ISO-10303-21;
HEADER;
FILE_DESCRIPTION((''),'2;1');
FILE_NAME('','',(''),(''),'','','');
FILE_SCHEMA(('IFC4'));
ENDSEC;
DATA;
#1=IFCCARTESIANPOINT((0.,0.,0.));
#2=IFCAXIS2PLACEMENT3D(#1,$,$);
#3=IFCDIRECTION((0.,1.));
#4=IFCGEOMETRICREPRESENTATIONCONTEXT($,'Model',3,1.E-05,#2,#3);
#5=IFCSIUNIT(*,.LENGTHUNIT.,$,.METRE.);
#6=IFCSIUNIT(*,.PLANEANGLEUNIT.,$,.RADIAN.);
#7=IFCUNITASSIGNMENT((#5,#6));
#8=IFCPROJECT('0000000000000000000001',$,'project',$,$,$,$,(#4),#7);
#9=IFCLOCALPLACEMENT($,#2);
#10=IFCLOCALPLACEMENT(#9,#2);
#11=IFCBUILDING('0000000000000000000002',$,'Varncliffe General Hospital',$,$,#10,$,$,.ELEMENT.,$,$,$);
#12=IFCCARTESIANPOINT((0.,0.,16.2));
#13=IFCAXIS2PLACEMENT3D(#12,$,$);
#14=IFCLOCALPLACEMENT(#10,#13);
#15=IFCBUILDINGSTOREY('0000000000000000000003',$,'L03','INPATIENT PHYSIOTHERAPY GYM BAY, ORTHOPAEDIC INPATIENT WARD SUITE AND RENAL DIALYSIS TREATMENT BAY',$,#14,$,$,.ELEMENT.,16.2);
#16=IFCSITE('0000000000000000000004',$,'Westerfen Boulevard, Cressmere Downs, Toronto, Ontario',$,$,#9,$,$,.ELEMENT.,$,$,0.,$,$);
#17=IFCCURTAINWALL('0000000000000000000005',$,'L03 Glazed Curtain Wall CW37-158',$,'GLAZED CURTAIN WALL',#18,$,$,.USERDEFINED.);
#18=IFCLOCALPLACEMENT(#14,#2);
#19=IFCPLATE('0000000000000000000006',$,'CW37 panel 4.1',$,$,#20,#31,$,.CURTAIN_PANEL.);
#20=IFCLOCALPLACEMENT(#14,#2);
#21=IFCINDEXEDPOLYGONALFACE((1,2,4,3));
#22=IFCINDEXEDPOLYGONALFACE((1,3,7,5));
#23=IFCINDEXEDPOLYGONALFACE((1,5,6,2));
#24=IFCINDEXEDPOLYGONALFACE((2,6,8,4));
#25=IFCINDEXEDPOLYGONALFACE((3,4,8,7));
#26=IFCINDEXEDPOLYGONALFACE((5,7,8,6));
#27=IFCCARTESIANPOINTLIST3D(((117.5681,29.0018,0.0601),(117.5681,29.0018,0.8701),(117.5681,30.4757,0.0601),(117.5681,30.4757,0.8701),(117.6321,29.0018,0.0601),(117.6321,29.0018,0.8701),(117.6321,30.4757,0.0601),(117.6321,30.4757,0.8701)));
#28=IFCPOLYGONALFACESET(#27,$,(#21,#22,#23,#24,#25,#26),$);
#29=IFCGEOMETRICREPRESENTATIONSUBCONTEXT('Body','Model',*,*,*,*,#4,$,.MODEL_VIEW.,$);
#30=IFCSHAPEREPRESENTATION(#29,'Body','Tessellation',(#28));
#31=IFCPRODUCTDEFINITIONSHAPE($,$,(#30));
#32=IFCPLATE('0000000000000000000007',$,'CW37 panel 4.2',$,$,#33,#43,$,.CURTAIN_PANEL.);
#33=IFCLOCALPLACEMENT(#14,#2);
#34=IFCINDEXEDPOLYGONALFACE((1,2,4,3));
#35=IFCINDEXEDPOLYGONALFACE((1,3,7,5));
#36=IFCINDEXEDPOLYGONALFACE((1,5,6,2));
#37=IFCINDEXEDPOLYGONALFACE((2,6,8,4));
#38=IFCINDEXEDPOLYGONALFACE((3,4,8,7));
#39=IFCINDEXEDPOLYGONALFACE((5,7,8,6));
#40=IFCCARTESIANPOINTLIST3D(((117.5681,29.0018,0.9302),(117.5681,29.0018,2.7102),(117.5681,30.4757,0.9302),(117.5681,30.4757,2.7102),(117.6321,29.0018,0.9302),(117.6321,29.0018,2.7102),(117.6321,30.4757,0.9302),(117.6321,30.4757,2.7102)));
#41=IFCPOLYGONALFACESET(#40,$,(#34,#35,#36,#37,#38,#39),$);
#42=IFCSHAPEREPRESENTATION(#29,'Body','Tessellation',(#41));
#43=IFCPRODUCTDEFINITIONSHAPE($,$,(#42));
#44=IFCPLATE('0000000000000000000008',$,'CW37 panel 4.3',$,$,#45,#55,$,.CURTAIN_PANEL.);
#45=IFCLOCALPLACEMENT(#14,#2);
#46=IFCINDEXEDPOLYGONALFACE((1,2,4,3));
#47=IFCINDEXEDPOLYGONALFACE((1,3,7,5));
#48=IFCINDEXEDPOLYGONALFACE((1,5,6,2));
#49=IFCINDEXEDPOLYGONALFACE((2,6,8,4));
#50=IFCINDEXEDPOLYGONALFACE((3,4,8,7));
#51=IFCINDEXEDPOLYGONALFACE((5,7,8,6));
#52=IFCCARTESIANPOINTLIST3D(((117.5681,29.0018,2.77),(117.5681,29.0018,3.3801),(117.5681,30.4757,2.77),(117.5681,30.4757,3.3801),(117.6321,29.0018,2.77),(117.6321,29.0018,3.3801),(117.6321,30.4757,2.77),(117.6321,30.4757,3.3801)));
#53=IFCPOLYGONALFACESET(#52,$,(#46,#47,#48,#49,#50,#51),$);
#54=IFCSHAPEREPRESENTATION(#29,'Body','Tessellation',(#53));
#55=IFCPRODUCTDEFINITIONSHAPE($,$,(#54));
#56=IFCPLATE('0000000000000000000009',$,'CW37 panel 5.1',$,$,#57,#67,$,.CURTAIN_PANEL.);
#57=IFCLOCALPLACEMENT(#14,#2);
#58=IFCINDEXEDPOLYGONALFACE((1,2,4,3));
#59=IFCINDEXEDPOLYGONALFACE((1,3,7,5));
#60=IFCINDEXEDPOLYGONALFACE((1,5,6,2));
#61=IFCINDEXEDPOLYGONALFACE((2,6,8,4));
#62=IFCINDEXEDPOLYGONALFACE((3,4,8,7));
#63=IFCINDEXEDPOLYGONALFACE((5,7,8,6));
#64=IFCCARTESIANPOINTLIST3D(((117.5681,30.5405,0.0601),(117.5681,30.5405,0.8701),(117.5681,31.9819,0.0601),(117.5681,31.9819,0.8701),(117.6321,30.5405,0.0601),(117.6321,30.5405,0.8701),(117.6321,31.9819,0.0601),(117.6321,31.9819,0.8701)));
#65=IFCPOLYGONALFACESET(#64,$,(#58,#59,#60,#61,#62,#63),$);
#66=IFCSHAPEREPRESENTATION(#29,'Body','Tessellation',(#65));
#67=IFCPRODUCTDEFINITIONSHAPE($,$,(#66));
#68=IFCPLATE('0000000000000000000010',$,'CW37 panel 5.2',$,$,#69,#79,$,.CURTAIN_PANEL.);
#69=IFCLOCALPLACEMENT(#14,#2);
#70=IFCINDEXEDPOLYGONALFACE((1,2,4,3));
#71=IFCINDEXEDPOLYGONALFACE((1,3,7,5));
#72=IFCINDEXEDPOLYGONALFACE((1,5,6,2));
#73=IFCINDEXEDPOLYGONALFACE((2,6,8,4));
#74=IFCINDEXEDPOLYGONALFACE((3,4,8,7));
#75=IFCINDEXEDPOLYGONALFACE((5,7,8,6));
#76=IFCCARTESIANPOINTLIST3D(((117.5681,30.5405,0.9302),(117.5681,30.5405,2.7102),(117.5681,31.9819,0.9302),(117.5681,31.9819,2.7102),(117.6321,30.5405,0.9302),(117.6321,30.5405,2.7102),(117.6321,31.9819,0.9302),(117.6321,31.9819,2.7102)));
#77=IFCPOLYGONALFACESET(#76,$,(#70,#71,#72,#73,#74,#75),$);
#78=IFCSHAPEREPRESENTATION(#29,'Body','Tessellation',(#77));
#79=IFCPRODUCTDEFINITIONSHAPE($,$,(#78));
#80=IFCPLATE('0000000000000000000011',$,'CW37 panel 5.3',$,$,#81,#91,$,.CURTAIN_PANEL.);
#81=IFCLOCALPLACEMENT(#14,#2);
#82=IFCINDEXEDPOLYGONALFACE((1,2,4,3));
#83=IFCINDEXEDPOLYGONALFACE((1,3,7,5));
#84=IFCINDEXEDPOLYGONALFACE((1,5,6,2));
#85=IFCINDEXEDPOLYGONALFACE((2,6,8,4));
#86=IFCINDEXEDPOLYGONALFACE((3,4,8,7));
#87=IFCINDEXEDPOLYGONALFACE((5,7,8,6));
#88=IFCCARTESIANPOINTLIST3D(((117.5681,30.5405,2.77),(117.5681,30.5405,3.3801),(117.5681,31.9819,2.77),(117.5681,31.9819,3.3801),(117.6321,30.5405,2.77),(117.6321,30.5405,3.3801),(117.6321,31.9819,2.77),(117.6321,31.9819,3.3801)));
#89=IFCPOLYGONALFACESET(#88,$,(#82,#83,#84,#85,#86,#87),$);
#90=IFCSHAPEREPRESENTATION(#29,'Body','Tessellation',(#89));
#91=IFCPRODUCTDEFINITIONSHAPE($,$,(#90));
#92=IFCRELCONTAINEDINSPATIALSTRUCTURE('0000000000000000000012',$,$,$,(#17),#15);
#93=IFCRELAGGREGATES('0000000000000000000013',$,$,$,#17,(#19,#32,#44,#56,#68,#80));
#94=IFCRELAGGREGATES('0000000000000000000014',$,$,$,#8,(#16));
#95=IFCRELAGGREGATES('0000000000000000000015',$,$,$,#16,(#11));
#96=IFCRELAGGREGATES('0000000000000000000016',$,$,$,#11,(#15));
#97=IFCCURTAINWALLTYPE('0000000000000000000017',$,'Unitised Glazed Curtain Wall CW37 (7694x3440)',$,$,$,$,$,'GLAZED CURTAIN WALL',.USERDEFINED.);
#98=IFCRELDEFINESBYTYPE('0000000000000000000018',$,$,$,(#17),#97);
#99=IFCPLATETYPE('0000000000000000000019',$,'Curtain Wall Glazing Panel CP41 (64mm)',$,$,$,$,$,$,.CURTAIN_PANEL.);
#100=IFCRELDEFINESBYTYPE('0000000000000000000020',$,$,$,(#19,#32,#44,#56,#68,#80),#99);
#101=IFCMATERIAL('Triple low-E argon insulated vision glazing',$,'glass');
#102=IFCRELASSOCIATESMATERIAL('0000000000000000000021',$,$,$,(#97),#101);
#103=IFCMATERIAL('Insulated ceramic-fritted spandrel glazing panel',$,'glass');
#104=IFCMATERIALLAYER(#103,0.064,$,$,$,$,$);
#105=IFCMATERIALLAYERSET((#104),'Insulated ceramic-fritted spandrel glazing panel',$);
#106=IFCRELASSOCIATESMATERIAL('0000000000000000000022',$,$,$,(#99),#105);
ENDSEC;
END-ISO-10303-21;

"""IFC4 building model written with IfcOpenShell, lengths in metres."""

from ifc_helpers import new_model, si_unit, direction, frame, origin, origin_2d, place, context, subcontext, project, spatial, rectangle, extrude, material, layer, layer_set, type_object, element, aggregate, save


model = new_model("IFC4")

# Units and contexts
model_context = context("Model", 3, precision=1e-05, world=origin(), true_north=direction((0.0, 1.0)))
body_context = subcontext(model_context, "Body", "Model", "MODEL_VIEW")
ifc_project = project(units=[si_unit("LENGTHUNIT", "METRE"), si_unit("PLANEANGLEUNIT", "RADIAN")], contexts=[model_context])

# Site, building, storey
site_placement = place(None, origin())
site = spatial("IfcSite", under=ifc_project, at=site_placement, Name="Westerfen Boulevard, Cressmere Downs, Toronto, Ontario", CompositionType="ELEMENT", RefElevation=0.0)
building_placement = place(site_placement, origin())
building = spatial("IfcBuilding", under=site, at=building_placement, Name="Varncliffe General Hospital", CompositionType="ELEMENT")
storey_placement = place(building_placement, frame((0.0, 0.0, 16.2)))
storey = spatial("IfcBuildingStorey", under=building, at=storey_placement, Name="L03", Description="INPATIENT PHYSIOTHERAPY GYM BAY, ORTHOPAEDIC INPATIENT WARD SUITE AND RENAL DIALYSIS TREATMENT BAY", CompositionType="ELEMENT", Elevation=16.2)

# Curtain wall
ifc_material_1 = material(Name="Triple low-E argon insulated vision glazing", Category="glass")
curtain_wall_type_1 = type_object("IfcCurtainWallType", Name="Unitised Glazed Curtain Wall CW37 (7694x3440)", ElementType="GLAZED CURTAIN WALL", PredefinedType="USERDEFINED", material=ifc_material_1)
curtain_wall_1_placement = place(storey_placement, origin())
curtain_wall_1 = element("IfcCurtainWall", 1, at=curtain_wall_1_placement, inside=storey, type_object=curtain_wall_type_1, Name="L03 Glazed Curtain Wall CW37-158", ObjectType="GLAZED CURTAIN WALL", PredefinedType="USERDEFINED")

# Plates
ifc_material_2 = material(Name="Insulated ceramic-fritted spandrel glazing panel", Category="glass")
ifc_layer = layer(ifc_material_2, 0.064)
ifc_layer_set = layer_set([ifc_layer], Name="Insulated ceramic-fritted spandrel glazing panel")
plate_type = type_object("IfcPlateType", Name="Curtain Wall Glazing Panel CP41 (64mm)", PredefinedType="CURTAIN_PANEL", material=ifc_layer_set)
plate_1_placement = place(storey_placement, frame((117.6001, 29.7388, 0.0601), z_axis=(0.0, 0.0, 1.0), x_axis=(0.0, 1.0, 0.0)))
plate_1 = element("IfcPlate", 2, at=plate_1_placement, type_object=plate_type, Name="CW37 panel 4.1", PredefinedType="CURTAIN_PANEL", context=body_context, shape_type="SweptSolid", body=[
    extrude(rectangle(XDim=1.4739, YDim=0.064, at=origin_2d()), origin(), (0.0, 0.0, 1.0), 0.8101),
])
plate_2_placement = place(storey_placement, frame((117.6001, 29.7388, 0.9302), z_axis=(0.0, 0.0, 1.0), x_axis=(0.0, 1.0, 0.0)))
plate_2 = element("IfcPlate", 3, at=plate_2_placement, type_object=plate_type, Name="CW37 panel 4.2", PredefinedType="CURTAIN_PANEL", context=body_context, shape_type="SweptSolid", body=[
    extrude(rectangle(XDim=1.4739, YDim=0.064, at=origin_2d()), origin(), (0.0, 0.0, 1.0), 1.78),
])
plate_3_placement = place(storey_placement, frame((117.6001, 29.7388, 2.77), z_axis=(0.0, 0.0, 1.0), x_axis=(0.0, 1.0, 0.0)))
plate_3 = element("IfcPlate", 4, at=plate_3_placement, type_object=plate_type, Name="CW37 panel 4.3", PredefinedType="CURTAIN_PANEL", context=body_context, shape_type="SweptSolid", body=[
    extrude(rectangle(XDim=1.4739, YDim=0.064, at=origin_2d()), origin(), (0.0, 0.0, 1.0), 0.6101),
])
plate_4_placement = place(storey_placement, frame((117.6001, 31.2612, 0.0601), z_axis=(0.0, 0.0, 1.0), x_axis=(0.0, 1.0, 0.0)))
plate_4 = element("IfcPlate", 5, at=plate_4_placement, type_object=plate_type, Name="CW37 panel 5.1", PredefinedType="CURTAIN_PANEL", context=body_context, shape_type="SweptSolid", body=[
    extrude(rectangle(XDim=1.4414, YDim=0.064, at=origin_2d()), origin(), (0.0, 0.0, 1.0), 0.8101),
])
plate_5_placement = place(storey_placement, frame((117.6001, 31.2612, 0.9302), z_axis=(0.0, 0.0, 1.0), x_axis=(0.0, 1.0, 0.0)))
plate_5 = element("IfcPlate", 6, at=plate_5_placement, type_object=plate_type, Name="CW37 panel 5.2", PredefinedType="CURTAIN_PANEL", context=body_context, shape_type="SweptSolid", body=[
    extrude(rectangle(XDim=1.4414, YDim=0.064, at=origin_2d()), origin(), (0.0, 0.0, 1.0), 1.78),
])
plate_6_placement = place(storey_placement, frame((117.6001, 31.2612, 2.77), z_axis=(0.0, 0.0, 1.0), x_axis=(0.0, 1.0, 0.0)))
plate_6 = element("IfcPlate", 7, at=plate_6_placement, type_object=plate_type, Name="CW37 panel 5.3", PredefinedType="CURTAIN_PANEL", context=body_context, shape_type="SweptSolid", body=[
    extrude(rectangle(XDim=1.4414, YDim=0.064, at=origin_2d()), origin(), (0.0, 0.0, 1.0), 0.6101),
])
aggregate(curtain_wall_1, [plate_1, plate_2, plate_3, plate_4, plate_5, plate_6])

save(model, "model.ifc")
